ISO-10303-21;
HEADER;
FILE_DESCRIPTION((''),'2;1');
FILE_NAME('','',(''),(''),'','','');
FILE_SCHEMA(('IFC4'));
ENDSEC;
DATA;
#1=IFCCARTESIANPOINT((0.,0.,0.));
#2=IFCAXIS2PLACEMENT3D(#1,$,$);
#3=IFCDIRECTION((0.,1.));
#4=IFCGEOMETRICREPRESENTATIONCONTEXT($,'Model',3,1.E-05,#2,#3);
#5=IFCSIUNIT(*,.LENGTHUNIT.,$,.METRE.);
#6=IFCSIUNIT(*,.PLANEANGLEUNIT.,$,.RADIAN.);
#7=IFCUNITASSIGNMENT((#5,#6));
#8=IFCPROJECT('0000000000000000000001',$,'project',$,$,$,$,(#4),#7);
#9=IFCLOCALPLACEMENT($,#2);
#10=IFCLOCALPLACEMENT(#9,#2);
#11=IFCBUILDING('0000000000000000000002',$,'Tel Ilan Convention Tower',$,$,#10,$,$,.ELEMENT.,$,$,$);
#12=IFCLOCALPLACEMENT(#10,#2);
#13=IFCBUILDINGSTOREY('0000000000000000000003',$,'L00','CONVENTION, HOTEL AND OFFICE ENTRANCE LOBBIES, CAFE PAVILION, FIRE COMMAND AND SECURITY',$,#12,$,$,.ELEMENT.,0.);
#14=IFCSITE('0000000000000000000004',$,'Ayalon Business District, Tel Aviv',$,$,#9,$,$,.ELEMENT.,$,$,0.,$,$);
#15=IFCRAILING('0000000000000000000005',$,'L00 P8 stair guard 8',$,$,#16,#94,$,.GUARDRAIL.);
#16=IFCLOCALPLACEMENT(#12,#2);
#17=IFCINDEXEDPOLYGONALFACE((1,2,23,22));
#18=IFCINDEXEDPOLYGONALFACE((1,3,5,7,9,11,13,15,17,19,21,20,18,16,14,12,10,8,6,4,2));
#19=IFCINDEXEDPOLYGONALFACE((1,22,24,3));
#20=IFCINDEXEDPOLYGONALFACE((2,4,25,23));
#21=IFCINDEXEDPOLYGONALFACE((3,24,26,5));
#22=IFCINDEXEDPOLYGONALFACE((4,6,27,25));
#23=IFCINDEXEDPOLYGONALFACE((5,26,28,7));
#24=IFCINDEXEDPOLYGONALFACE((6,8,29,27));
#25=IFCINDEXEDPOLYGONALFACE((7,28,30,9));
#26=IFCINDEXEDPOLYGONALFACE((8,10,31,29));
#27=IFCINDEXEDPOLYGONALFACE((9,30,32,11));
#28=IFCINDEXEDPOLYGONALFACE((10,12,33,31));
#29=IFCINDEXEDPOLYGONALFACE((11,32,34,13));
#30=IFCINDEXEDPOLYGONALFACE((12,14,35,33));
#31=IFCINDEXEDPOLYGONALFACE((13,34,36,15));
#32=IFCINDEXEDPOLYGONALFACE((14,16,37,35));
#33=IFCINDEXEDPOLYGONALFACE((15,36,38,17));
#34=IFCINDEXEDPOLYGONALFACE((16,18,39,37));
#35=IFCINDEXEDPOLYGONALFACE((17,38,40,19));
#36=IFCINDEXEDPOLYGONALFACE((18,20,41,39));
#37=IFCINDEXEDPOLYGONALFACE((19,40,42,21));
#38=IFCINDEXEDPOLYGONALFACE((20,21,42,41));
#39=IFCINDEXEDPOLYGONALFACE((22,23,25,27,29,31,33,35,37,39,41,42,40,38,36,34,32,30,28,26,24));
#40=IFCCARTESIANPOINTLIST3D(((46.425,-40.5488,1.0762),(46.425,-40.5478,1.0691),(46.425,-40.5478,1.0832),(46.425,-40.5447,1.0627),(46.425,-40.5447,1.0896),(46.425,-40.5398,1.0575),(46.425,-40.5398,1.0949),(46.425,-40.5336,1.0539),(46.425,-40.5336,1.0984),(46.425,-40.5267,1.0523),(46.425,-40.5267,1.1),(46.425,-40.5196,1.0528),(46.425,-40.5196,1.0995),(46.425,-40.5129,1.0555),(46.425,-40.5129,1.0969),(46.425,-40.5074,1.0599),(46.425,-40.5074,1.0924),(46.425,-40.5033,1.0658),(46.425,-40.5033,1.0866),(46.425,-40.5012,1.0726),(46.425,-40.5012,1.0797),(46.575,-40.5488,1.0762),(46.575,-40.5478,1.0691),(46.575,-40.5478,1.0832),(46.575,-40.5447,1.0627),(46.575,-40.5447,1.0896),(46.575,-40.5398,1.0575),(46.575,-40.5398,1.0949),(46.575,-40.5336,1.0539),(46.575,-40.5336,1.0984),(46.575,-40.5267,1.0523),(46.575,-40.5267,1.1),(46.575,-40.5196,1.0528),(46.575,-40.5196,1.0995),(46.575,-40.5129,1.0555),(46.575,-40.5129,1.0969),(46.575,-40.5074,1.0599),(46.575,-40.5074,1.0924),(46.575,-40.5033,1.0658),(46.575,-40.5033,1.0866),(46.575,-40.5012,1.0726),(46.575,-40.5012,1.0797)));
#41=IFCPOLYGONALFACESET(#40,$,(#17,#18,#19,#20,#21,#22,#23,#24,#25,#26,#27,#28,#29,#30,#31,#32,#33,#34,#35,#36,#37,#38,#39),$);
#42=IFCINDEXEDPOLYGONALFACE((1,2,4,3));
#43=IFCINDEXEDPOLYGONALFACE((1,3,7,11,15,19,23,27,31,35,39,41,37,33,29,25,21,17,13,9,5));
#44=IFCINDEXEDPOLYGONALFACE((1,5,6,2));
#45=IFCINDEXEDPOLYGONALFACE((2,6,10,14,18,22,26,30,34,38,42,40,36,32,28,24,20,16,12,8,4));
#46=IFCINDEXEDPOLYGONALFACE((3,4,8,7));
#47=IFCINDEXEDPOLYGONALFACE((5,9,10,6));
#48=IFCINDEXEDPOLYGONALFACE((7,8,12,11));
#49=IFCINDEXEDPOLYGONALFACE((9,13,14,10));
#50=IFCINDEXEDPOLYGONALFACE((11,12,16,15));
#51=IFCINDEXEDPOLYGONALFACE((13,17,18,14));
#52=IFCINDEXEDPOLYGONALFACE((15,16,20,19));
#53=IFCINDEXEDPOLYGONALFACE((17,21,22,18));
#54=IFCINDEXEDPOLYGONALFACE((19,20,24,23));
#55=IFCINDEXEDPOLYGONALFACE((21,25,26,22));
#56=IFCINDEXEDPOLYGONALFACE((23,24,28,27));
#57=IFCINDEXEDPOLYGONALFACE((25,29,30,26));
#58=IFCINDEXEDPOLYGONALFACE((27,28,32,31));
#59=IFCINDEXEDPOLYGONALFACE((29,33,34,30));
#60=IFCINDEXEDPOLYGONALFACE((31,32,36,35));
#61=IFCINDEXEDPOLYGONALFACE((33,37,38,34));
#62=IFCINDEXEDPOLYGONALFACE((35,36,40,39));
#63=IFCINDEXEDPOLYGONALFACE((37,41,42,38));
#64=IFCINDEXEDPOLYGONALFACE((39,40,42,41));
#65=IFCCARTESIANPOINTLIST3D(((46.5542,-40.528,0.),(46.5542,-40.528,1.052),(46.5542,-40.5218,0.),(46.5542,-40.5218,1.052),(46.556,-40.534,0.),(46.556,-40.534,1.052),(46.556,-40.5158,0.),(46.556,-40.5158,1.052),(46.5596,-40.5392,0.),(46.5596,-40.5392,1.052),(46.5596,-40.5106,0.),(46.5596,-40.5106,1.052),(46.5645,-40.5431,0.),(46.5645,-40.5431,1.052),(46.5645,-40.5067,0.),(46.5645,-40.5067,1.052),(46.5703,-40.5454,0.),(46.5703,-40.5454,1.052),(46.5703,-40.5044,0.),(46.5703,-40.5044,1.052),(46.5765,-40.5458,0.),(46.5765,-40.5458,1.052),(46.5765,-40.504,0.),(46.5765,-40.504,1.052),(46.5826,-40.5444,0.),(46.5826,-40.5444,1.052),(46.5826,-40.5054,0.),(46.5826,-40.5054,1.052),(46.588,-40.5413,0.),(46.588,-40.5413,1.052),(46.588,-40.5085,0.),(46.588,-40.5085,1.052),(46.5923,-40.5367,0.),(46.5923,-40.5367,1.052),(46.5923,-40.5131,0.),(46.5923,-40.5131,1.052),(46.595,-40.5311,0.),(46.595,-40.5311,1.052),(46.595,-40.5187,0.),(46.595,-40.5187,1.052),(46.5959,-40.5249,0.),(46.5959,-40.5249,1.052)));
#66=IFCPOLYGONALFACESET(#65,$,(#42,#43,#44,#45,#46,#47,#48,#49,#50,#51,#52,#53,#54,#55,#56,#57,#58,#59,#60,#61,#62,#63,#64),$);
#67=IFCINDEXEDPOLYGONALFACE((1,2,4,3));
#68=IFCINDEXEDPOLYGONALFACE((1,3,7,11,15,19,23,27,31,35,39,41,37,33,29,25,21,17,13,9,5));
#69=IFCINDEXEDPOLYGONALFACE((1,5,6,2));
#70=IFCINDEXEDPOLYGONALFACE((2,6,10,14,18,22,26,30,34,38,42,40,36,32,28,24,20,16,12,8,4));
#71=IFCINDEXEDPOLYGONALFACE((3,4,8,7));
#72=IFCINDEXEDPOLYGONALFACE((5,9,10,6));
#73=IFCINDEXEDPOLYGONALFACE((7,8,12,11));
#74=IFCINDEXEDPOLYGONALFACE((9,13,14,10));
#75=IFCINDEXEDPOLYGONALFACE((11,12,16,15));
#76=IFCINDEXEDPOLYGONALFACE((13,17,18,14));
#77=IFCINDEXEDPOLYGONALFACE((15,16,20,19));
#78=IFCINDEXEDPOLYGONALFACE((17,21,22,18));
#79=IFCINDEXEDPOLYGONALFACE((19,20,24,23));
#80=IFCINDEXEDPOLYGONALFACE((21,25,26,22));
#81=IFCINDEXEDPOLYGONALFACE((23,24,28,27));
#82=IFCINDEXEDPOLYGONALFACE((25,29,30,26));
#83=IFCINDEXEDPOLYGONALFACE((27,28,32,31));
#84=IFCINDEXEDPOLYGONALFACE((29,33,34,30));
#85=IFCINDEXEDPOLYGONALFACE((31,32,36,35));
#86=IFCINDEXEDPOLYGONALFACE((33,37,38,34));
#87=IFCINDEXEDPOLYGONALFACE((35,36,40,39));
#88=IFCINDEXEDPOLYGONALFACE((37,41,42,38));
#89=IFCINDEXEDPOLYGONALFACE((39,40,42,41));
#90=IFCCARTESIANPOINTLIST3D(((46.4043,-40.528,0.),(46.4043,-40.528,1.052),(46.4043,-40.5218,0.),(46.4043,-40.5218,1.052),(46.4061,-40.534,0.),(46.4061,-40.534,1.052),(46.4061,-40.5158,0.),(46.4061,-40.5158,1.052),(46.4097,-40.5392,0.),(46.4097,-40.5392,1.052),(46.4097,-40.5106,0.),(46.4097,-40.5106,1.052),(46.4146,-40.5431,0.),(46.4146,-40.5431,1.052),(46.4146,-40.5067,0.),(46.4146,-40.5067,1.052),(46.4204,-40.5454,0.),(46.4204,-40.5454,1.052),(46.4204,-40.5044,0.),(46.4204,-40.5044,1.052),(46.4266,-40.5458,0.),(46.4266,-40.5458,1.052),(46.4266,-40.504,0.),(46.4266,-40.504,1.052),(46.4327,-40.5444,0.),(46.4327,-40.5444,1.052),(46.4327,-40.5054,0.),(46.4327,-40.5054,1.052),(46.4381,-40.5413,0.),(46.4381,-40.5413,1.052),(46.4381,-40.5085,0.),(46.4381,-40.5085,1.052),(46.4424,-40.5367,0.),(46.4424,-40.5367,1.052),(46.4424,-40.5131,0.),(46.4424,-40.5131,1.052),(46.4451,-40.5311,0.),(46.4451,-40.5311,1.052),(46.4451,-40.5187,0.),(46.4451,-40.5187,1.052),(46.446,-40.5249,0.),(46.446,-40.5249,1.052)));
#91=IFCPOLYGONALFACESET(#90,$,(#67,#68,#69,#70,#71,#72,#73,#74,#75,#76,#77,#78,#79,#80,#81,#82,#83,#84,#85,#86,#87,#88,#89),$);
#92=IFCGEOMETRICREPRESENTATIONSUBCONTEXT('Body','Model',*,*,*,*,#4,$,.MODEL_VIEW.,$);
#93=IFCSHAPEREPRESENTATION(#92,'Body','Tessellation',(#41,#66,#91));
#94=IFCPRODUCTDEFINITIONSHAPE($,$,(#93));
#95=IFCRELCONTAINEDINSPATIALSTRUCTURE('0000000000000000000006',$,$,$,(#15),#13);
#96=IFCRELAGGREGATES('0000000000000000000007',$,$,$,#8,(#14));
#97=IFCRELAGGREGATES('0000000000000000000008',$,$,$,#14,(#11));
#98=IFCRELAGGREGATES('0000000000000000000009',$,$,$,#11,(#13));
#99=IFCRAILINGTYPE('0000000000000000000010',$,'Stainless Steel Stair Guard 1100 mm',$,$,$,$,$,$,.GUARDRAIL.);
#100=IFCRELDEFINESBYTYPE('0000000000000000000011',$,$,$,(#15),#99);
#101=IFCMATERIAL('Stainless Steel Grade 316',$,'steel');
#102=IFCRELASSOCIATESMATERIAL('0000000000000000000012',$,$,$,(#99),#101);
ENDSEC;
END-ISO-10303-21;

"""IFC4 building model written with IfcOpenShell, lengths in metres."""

from ifc_helpers import new_model, si_unit, direction, frame, origin, origin_2d, place, context, subcontext, project, spatial, circle, extrude, material, type_object, element, save


model = new_model("IFC4")

# Units and contexts
model_context = context("Model", 3, precision=1e-05, world=origin(), true_north=direction((0.0, 1.0)))
body_context = subcontext(model_context, "Body", "Model", "MODEL_VIEW")
ifc_project = project(units=[si_unit("LENGTHUNIT", "METRE"), si_unit("PLANEANGLEUNIT", "RADIAN")], contexts=[model_context])

# Site, building, storey
site_placement = place(None, origin())
site = spatial("IfcSite", under=ifc_project, at=site_placement, Name="Ayalon Business District, Tel Aviv", CompositionType="ELEMENT", RefElevation=0.0)
building_placement = place(site_placement, origin())
building = spatial("IfcBuilding", under=site, at=building_placement, Name="Tel Ilan Convention Tower", CompositionType="ELEMENT")
storey_placement = place(building_placement, origin())
storey = spatial("IfcBuildingStorey", under=building, at=storey_placement, Name="L00", Description="CONVENTION, HOTEL AND OFFICE ENTRANCE LOBBIES, CAFE PAVILION, FIRE COMMAND AND SECURITY", CompositionType="ELEMENT", Elevation=0.0)

# Railing
ifc_material_1 = material(Name="Stainless Steel Grade 316", Category="steel")
railing_type_1 = type_object("IfcRailingType", Name="Stainless Steel Stair Guard 1100 mm", PredefinedType="GUARDRAIL", material=ifc_material_1)
railing_1_placement = place(storey_placement, frame((46.575, -40.5249, 0.0)))
element("IfcRailing", 1, at=railing_1_placement, inside=storey, type_object=railing_type_1, Name="L00 P8 stair guard 8", PredefinedType="GUARDRAIL", context=body_context, shape_type="SweptSolid", body=[
    extrude(circle(Radius=0.0239, at=origin_2d()), frame((0.0, 0.0, 1.0762), z_axis=(-1.0, 0.0, 0.0), x_axis=(0.0, -1.0, 0.0)), (0.0, 0.0, 1.0), 0.1499),
    extrude(circle(Radius=0.021, at=origin_2d()), origin(), (0.0, 0.0, 1.0), 1.052),
    extrude(circle(Radius=0.021, at=origin_2d()), frame((-0.1499, 0.0, 0.0)), (0.0, 0.0, 1.0), 1.052),
])

save(model, "model.ifc")
